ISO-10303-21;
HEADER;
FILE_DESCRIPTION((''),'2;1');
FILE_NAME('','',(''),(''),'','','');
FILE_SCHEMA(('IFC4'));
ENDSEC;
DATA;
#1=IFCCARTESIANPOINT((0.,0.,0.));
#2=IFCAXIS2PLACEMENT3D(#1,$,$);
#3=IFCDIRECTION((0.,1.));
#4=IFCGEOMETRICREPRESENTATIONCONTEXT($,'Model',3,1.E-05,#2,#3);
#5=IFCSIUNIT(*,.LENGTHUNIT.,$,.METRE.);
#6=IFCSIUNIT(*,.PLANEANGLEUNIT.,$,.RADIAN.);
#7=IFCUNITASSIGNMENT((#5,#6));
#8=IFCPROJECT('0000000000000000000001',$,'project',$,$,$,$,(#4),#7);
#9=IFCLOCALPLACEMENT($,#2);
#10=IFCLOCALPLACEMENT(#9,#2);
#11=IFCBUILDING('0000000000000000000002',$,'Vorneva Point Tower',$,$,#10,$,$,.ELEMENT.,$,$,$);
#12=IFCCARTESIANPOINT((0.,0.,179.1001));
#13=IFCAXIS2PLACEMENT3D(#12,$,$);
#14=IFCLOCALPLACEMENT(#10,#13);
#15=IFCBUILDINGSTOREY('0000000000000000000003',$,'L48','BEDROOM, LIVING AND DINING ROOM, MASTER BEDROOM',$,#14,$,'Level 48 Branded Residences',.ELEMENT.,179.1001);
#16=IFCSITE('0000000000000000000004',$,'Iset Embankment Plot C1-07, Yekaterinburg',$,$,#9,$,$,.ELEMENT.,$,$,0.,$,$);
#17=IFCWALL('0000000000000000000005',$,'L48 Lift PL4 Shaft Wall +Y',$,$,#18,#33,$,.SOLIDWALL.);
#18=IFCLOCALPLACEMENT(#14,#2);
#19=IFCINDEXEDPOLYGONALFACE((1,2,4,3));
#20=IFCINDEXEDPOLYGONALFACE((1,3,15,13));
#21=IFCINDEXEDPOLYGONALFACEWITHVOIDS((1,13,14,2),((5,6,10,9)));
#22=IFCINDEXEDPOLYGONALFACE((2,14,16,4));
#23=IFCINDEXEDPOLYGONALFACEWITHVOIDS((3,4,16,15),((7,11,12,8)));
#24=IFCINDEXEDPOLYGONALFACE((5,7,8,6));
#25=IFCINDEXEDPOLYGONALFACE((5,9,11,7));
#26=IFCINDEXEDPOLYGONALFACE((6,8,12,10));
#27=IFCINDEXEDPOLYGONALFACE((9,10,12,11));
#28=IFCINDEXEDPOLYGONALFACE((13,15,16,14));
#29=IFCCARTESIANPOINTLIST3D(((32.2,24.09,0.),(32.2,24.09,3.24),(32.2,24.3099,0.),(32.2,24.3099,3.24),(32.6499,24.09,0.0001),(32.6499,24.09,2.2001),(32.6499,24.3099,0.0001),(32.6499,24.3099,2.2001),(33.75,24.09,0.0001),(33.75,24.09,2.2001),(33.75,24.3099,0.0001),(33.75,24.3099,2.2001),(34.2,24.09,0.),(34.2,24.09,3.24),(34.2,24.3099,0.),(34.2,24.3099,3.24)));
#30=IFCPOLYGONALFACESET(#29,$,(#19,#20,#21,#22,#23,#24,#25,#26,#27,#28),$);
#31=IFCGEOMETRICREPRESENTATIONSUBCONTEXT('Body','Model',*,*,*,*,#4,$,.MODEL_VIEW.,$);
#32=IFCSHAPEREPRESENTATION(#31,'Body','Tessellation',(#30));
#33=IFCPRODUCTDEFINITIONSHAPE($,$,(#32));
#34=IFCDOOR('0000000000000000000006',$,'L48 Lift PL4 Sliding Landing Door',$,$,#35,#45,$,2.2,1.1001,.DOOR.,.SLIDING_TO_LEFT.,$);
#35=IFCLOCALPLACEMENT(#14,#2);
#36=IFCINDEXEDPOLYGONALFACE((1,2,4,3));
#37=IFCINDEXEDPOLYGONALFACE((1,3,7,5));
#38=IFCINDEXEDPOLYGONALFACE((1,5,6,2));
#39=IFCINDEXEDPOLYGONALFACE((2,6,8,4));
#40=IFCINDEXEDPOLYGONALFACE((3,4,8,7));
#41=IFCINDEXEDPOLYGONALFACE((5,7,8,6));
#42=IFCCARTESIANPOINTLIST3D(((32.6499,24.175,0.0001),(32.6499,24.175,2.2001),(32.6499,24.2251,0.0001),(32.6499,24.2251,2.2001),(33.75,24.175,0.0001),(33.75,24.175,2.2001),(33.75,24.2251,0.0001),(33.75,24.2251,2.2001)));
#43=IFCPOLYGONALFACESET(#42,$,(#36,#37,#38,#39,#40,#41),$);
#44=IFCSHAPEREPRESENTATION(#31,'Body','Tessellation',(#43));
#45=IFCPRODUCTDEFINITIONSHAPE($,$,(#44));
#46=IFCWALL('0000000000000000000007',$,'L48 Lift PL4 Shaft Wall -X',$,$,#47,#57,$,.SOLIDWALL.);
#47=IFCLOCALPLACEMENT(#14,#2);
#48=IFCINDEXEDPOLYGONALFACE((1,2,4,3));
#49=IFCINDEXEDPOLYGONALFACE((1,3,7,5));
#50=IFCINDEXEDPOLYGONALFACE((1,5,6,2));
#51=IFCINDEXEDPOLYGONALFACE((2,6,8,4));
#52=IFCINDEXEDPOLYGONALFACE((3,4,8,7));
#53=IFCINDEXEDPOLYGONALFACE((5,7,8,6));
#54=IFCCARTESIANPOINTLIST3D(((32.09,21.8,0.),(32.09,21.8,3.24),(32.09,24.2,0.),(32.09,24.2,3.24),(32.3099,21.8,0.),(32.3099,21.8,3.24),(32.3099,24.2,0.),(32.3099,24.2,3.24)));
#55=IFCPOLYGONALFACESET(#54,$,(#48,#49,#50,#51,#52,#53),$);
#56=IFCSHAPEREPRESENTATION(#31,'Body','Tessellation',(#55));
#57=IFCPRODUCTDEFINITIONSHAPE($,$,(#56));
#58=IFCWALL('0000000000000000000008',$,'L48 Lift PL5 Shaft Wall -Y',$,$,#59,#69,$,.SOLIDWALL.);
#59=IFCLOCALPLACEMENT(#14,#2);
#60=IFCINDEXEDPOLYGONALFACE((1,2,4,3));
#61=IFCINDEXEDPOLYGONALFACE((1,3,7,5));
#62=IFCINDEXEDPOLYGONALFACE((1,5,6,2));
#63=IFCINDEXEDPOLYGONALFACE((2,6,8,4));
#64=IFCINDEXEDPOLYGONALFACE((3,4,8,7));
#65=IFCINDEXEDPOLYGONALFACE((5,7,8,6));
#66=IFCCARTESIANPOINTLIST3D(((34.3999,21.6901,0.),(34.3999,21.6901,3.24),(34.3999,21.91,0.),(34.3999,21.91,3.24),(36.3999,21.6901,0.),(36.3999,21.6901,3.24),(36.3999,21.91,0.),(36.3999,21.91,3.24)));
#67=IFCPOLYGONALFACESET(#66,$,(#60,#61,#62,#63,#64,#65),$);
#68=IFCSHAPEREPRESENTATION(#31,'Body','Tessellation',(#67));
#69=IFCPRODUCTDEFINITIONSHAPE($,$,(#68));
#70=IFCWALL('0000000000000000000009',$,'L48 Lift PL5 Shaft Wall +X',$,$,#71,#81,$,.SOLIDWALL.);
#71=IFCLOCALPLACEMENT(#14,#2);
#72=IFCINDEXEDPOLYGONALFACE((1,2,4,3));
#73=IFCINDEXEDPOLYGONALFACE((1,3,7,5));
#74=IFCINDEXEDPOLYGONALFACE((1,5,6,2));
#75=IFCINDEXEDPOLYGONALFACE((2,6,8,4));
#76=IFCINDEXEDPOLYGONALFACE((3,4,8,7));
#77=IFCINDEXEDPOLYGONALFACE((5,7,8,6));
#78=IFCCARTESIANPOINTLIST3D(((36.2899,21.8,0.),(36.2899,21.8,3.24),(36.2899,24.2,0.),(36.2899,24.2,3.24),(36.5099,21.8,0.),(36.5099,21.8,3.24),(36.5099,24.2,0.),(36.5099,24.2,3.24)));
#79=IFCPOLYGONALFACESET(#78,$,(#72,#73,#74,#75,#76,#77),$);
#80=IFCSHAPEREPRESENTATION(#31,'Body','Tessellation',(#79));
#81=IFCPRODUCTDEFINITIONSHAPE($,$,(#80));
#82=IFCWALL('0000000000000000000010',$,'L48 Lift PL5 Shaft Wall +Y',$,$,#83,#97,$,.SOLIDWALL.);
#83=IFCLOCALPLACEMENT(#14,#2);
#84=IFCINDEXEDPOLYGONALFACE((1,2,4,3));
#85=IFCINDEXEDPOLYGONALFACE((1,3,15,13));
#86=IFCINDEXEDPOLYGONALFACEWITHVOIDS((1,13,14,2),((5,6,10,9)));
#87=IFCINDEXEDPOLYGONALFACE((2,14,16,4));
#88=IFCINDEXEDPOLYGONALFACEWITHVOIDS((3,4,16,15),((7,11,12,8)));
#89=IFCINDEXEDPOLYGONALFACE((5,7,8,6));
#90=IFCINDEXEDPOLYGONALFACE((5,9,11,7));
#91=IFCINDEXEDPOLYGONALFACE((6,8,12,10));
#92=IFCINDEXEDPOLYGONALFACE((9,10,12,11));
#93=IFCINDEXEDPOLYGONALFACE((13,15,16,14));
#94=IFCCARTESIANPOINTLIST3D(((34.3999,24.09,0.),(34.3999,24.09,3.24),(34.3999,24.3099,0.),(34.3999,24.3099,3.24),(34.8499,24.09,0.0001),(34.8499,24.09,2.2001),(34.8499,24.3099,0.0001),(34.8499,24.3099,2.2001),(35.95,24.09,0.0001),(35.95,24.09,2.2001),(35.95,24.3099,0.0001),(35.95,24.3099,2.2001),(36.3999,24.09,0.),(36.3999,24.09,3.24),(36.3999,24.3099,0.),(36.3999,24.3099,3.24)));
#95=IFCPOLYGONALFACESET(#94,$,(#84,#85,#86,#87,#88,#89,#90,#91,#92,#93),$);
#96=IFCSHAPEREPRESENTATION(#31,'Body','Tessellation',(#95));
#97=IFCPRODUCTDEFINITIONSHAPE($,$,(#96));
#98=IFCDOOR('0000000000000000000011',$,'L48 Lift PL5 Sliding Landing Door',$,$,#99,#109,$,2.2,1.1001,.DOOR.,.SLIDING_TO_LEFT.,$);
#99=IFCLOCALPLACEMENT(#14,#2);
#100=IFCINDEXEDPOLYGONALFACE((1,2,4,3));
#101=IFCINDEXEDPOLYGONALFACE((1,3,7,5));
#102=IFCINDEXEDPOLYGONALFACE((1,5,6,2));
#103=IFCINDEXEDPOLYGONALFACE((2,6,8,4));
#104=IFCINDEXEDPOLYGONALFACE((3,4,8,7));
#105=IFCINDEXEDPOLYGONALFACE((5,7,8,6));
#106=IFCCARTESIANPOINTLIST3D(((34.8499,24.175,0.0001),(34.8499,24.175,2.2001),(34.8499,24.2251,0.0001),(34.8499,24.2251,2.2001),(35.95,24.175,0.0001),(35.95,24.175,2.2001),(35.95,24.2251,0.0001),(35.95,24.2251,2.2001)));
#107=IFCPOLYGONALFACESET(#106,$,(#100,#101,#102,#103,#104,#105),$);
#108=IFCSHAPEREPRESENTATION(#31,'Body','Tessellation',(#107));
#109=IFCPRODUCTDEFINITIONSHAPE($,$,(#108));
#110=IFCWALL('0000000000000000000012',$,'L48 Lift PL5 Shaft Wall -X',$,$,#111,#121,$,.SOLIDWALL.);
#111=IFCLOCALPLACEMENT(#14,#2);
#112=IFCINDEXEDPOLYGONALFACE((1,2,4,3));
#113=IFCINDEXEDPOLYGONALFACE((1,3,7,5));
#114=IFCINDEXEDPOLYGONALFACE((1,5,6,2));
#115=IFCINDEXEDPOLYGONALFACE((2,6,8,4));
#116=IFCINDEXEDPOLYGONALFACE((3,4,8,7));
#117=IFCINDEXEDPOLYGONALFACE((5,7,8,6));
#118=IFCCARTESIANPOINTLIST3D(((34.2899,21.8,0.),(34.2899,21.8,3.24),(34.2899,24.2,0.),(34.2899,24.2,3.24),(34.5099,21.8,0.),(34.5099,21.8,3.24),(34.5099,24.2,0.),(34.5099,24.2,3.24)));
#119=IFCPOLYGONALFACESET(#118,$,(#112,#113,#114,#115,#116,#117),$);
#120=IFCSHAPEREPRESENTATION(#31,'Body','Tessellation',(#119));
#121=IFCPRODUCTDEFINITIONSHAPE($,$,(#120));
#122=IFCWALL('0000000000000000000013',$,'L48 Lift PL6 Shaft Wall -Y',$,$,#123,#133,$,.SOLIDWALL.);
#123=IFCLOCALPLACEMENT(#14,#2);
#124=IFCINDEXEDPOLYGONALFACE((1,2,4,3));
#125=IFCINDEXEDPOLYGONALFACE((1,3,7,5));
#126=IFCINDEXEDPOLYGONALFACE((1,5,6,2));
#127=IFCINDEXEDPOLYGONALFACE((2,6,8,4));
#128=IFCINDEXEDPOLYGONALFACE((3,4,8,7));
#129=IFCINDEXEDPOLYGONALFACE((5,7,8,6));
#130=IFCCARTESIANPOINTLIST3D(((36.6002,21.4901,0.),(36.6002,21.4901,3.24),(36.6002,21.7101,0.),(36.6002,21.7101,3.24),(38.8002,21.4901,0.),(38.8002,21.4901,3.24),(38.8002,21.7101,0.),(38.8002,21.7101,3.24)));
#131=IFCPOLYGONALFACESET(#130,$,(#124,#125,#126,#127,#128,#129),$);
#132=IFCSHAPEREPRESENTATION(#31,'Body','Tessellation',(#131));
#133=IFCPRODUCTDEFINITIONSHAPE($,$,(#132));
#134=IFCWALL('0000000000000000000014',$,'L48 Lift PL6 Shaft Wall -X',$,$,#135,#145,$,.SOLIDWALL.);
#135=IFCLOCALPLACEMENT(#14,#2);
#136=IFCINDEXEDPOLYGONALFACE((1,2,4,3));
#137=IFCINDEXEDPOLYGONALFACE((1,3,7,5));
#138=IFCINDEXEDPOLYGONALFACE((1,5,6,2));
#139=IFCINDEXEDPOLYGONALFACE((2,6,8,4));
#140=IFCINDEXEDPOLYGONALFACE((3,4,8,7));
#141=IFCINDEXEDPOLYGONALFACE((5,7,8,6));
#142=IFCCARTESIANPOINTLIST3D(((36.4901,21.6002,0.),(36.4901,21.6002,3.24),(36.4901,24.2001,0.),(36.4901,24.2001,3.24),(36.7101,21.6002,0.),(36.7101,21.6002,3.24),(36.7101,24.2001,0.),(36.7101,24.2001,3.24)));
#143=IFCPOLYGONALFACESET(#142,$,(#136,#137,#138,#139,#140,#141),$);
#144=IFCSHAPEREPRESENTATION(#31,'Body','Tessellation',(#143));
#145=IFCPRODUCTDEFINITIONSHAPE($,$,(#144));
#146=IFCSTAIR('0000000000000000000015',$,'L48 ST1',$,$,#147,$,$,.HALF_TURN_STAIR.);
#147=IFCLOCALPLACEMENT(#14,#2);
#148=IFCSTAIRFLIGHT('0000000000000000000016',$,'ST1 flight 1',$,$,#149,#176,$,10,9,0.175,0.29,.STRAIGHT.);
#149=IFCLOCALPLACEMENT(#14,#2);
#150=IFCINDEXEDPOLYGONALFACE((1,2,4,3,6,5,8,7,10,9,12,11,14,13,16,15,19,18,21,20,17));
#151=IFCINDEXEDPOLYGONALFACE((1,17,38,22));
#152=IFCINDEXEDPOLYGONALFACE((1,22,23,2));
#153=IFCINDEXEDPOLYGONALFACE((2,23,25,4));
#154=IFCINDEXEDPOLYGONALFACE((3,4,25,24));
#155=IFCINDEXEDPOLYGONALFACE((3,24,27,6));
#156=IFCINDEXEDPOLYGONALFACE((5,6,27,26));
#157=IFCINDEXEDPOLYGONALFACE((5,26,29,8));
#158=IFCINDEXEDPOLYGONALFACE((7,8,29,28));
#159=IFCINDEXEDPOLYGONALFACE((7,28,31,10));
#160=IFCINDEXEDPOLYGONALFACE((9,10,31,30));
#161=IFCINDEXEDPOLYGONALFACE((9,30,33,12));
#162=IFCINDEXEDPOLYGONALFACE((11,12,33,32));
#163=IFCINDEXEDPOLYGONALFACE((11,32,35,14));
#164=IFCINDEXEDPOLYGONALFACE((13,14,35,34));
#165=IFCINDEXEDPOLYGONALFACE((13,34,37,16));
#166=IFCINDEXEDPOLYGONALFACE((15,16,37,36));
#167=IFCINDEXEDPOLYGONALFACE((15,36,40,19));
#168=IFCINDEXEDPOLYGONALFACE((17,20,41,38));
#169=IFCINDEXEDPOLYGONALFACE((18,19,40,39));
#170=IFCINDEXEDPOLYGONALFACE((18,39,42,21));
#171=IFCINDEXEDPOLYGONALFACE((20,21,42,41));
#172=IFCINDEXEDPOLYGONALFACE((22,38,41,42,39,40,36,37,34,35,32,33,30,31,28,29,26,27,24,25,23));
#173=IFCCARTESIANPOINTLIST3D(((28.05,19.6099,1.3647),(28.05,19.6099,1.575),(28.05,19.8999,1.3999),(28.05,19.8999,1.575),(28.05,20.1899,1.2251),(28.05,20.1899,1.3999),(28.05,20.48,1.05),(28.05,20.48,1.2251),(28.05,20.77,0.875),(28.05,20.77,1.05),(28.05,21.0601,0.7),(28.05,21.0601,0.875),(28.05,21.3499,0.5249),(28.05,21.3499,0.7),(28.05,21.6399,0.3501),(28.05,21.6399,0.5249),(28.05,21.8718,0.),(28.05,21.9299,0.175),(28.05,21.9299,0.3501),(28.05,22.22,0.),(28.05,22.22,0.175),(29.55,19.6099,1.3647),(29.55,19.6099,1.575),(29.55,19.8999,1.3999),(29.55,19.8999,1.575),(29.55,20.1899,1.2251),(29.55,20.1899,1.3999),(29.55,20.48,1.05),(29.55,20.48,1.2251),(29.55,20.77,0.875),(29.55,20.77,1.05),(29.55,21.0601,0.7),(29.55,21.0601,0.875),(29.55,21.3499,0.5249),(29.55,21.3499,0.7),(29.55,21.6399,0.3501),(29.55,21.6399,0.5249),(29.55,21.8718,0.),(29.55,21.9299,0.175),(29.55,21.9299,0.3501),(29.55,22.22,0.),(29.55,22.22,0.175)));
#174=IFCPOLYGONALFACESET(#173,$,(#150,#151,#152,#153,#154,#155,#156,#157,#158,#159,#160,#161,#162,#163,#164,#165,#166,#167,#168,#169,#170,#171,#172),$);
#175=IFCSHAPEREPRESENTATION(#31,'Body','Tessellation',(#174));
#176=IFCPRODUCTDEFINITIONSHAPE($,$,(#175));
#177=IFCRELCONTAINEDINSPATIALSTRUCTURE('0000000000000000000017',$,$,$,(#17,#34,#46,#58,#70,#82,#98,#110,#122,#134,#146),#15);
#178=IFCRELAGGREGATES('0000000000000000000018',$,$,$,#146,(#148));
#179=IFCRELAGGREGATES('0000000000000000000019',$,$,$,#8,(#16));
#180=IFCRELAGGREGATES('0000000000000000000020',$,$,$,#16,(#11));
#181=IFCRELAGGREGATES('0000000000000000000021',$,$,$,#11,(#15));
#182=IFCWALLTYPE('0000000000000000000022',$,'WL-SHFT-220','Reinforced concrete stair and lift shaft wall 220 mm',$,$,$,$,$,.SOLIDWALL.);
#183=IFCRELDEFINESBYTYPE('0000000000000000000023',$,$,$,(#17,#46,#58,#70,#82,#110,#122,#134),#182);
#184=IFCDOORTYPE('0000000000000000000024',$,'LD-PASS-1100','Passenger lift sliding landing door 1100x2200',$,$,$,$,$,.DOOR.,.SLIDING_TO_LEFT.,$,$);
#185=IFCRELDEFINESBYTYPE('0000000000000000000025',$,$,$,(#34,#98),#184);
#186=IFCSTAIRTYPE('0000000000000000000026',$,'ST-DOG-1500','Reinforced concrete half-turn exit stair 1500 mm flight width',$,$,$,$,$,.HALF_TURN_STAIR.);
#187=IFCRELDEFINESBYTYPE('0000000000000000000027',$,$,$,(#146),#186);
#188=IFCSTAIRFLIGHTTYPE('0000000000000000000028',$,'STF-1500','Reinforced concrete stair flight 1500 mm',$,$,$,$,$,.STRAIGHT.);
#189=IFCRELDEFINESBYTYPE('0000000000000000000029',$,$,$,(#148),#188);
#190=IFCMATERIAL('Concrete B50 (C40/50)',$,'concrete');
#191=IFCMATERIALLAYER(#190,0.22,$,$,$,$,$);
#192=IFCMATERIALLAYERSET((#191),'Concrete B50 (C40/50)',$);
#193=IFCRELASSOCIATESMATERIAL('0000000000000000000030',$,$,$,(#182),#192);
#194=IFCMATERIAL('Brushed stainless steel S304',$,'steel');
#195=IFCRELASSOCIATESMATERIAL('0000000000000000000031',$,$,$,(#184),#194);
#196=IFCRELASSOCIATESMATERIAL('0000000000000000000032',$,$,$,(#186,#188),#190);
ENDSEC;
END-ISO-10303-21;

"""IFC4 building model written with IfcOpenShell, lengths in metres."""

from ifc_helpers import new_model, si_unit, direction, frame, frame_2d, origin, place, context, subcontext, project, spatial, polyline, rectangle, outline, extrude, material, layer, layer_set, type_object, element, fill, aggregate, save


model = new_model("IFC4")

# Units and contexts
model_context = context("Model", 3, precision=1e-05, world=origin(), true_north=direction((0.0, 1.0)))
body_context = subcontext(model_context, "Body", "Model", "MODEL_VIEW")
ifc_project = project(units=[si_unit("LENGTHUNIT", "METRE"), si_unit("PLANEANGLEUNIT", "RADIAN")], contexts=[model_context])

# Site, building, storey
site_placement = place(None, origin())
site = spatial("IfcSite", under=ifc_project, at=site_placement, Name="Iset Embankment Plot C1-07, Yekaterinburg", CompositionType="ELEMENT", RefElevation=0.0)
building_placement = place(site_placement, origin())
building = spatial("IfcBuilding", under=site, at=building_placement, Name="Vorneva Point Tower", CompositionType="ELEMENT")
storey_placement = place(building_placement, frame((0.0, 0.0, 179.1001)))
storey = spatial("IfcBuildingStorey", under=building, at=storey_placement, Name="L48", Description="BEDROOM, LIVING AND DINING ROOM, MASTER BEDROOM", LongName="Level 48 Branded Residences", CompositionType="ELEMENT", Elevation=179.1001)

# Shared definitions
ifc_material_1 = material(Name="Concrete B50 (C40/50)", Category="concrete")

# Shared definitions
ifc_layer_1 = layer(ifc_material_1, 0.22)
ifc_layer_set_1 = layer_set([ifc_layer_1], Name="Concrete B50 (C40/50)")
wall_type_1 = type_object("IfcWallType", Name="WL-SHFT-220", Description="Reinforced concrete stair and lift shaft wall 220 mm", PredefinedType="SOLIDWALL", material=ifc_layer_set_1)

# Wall, opening, door
wall_1_placement = place(storey_placement, frame((34.2, 24.2, 0.0), z_axis=(0.0, 0.0, 1.0), x_axis=(-1.0, 0.0, 0.0)))
wall_1 = element("IfcWall", 1, at=wall_1_placement, inside=storey, type_object=wall_type_1, Name="L48 Lift PL4 Shaft Wall +Y", PredefinedType="SOLIDWALL", context=body_context, shape_type="SweptSolid", body=[
    extrude(rectangle(XDim=2.0, YDim=0.22, at=frame_2d((1.0, 0.0))), origin(), (0.0, 0.0, 1.0), 3.24),
])
opening_1_placement = place(wall_1_placement, frame((0.45, 0.0, 0.0)))
opening_1 = element("IfcOpeningElement", 2, at=opening_1_placement, cuts=wall_1, PredefinedType="OPENING", context=body_context, shape_type="SweptSolid", body=[
    extrude(rectangle(XDim=1.1001, YDim=2.2, at=frame_2d((0.55, 1.1001))), frame((0.0, 0.125, 0.0), z_axis=(0.0, -1.0, 0.0), x_axis=(1.0, 0.0, 0.0)), (0.0, 0.0, 1.0), 0.2498),
])
ifc_material_2 = material(Name="Brushed stainless steel S304", Category="steel")
door_type_1 = type_object("IfcDoorType", Name="LD-PASS-1100", Description="Passenger lift sliding landing door 1100x2200", OperationType="SLIDING_TO_LEFT", PredefinedType="DOOR", material=ifc_material_2)
door_1_placement = place(opening_1_placement, origin())
door_1 = element("IfcDoor", 3, at=door_1_placement, inside=storey, type_object=door_type_1, Name="L48 Lift PL4 Sliding Landing Door", OperationType="SLIDING_TO_LEFT", OverallHeight=2.2, OverallWidth=1.1001, PredefinedType="DOOR", context=body_context, shape_type="SweptSolid", body=[
    extrude(rectangle(XDim=1.1001, YDim=2.2, at=frame_2d((0.55, 1.1001))), frame((0.0, 0.0249, 0.0), z_axis=(0.0, -1.0, 0.0), x_axis=(1.0, 0.0, 0.0)), (0.0, 0.0, 1.0), 0.05),
])
fill(opening_1, door_1)

# Walls
wall_2_placement = place(storey_placement, frame((32.2, 24.2, 0.0), z_axis=(0.0, 0.0, 1.0), x_axis=(0.0, -1.0, 0.0)))
element("IfcWall", 4, at=wall_2_placement, inside=storey, type_object=wall_type_1, Name="L48 Lift PL4 Shaft Wall -X", PredefinedType="SOLIDWALL", context=body_context, shape_type="SweptSolid", body=[
    extrude(rectangle(XDim=2.3999, YDim=0.22, at=frame_2d((1.2, 0.0))), origin(), (0.0, 0.0, 1.0), 3.24),
])
wall_3_placement = place(storey_placement, frame((34.3999, 21.8, 0.0), z_axis=(0.0, 0.0, 1.0), x_axis=(1.0, 0.0, 0.0)))
element("IfcWall", 5, at=wall_3_placement, inside=storey, type_object=wall_type_1, Name="L48 Lift PL5 Shaft Wall -Y", PredefinedType="SOLIDWALL", context=body_context, shape_type="SweptSolid", body=[
    extrude(rectangle(XDim=2.0, YDim=0.22, at=frame_2d((1.0, 0.0))), origin(), (0.0, 0.0, 1.0), 3.24),
])
wall_4_placement = place(storey_placement, frame((36.3999, 21.8, 0.0), z_axis=(0.0, 0.0, 1.0), x_axis=(0.0, 1.0, 0.0)))
element("IfcWall", 6, at=wall_4_placement, inside=storey, type_object=wall_type_1, Name="L48 Lift PL5 Shaft Wall +X", PredefinedType="SOLIDWALL", context=body_context, shape_type="SweptSolid", body=[
    extrude(rectangle(XDim=2.3999, YDim=0.22, at=frame_2d((1.2, 0.0))), origin(), (0.0, 0.0, 1.0), 3.24),
])

# Wall, opening, door
wall_5_placement = place(storey_placement, frame((36.3999, 24.2, 0.0), z_axis=(0.0, 0.0, 1.0), x_axis=(-1.0, 0.0, 0.0)))
wall_5 = element("IfcWall", 7, at=wall_5_placement, inside=storey, type_object=wall_type_1, Name="L48 Lift PL5 Shaft Wall +Y", PredefinedType="SOLIDWALL", context=body_context, shape_type="SweptSolid", body=[
    extrude(rectangle(XDim=2.0, YDim=0.22, at=frame_2d((1.0, 0.0))), origin(), (0.0, 0.0, 1.0), 3.24),
])
opening_2_placement = place(wall_5_placement, frame((0.45, 0.0, 0.0)))
opening_2 = element("IfcOpeningElement", 8, at=opening_2_placement, cuts=wall_5, PredefinedType="OPENING", context=body_context, shape_type="SweptSolid", body=[
    extrude(rectangle(XDim=1.1001, YDim=2.2, at=frame_2d((0.55, 1.1001))), frame((0.0, 0.125, 0.0), z_axis=(0.0, -1.0, 0.0), x_axis=(1.0, 0.0, 0.0)), (0.0, 0.0, 1.0), 0.2498),
])
door_2_placement = place(opening_2_placement, origin())
door_2 = element("IfcDoor", 9, at=door_2_placement, inside=storey, type_object=door_type_1, Name="L48 Lift PL5 Sliding Landing Door", OperationType="SLIDING_TO_LEFT", OverallHeight=2.2, OverallWidth=1.1001, PredefinedType="DOOR", context=body_context, shape_type="SweptSolid", body=[
    extrude(rectangle(XDim=1.1001, YDim=2.2, at=frame_2d((0.55, 1.1001))), frame((0.0, 0.0249, 0.0), z_axis=(0.0, -1.0, 0.0), x_axis=(1.0, 0.0, 0.0)), (0.0, 0.0, 1.0), 0.05),
])
fill(opening_2, door_2)

# Walls
wall_6_placement = place(storey_placement, frame((34.3999, 24.2, 0.0), z_axis=(0.0, 0.0, 1.0), x_axis=(0.0, -1.0, 0.0)))
element("IfcWall", 10, at=wall_6_placement, inside=storey, type_object=wall_type_1, Name="L48 Lift PL5 Shaft Wall -X", PredefinedType="SOLIDWALL", context=body_context, shape_type="SweptSolid", body=[
    extrude(rectangle(XDim=2.3999, YDim=0.22, at=frame_2d((1.2, 0.0))), origin(), (0.0, 0.0, 1.0), 3.24),
])
wall_7_placement = place(storey_placement, frame((36.6001, 21.6001, 0.0), z_axis=(0.0, 0.0, 1.0), x_axis=(1.0, 0.0, 0.0)))
element("IfcWall", 11, at=wall_7_placement, inside=storey, type_object=wall_type_1, Name="L48 Lift PL6 Shaft Wall -Y", PredefinedType="SOLIDWALL", context=body_context, shape_type="SweptSolid", body=[
    extrude(rectangle(XDim=2.2, YDim=0.22, at=frame_2d((1.1001, 0.0))), origin(), (0.0, 0.0, 1.0), 3.24),
])
wall_8_placement = place(storey_placement, frame((36.6001, 24.2, 0.0), z_axis=(0.0, 0.0, 1.0), x_axis=(0.0, -1.0, 0.0)))
element("IfcWall", 12, at=wall_8_placement, inside=storey, type_object=wall_type_1, Name="L48 Lift PL6 Shaft Wall -X", PredefinedType="SOLIDWALL", context=body_context, shape_type="SweptSolid", body=[
    extrude(rectangle(XDim=2.5999, YDim=0.22, at=frame_2d((1.2998, 0.0))), origin(), (0.0, 0.0, 1.0), 3.24),
])

# Stair, stair flight
stair_type = type_object("IfcStairType", Name="ST-DOG-1500", Description="Reinforced concrete half-turn exit stair 1500 mm flight width", PredefinedType="HALF_TURN_STAIR", material=ifc_material_1)
stair_placement = place(storey_placement, origin())
stair = element("IfcStair", 13, at=stair_placement, inside=storey, type_object=stair_type, Name="L48 ST1", PredefinedType="HALF_TURN_STAIR")
stair_flight_type = type_object("IfcStairFlightType", Name="STF-1500", Description="Reinforced concrete stair flight 1500 mm", PredefinedType="STRAIGHT", material=ifc_material_1)
stair_flight_1_placement = place(storey_placement, frame((28.8, 22.22, 0.0), z_axis=(0.0, 0.0, 1.0), x_axis=(0.0, -1.0, 0.0)))
stair_flight_1 = element("IfcStairFlight", 14, at=stair_flight_1_placement, type_object=stair_flight_type, Name="ST1 flight 1", NumberOfRisers=10, NumberOfTreads=9, PredefinedType="STRAIGHT", RiserHeight=0.175, TreadLength=0.29, context=body_context, shape_type="SweptSolid", body=[
    extrude(outline(polyline([(0.0, 0.0), (0.0, 0.175), (0.29, 0.175), (0.29, 0.3501), (0.5801, 0.3501), (0.5801, 0.5249), (0.8701, 0.5249), (0.8701, 0.7), (1.1599, 0.7), (1.1599, 0.875), (1.45, 0.875), (1.45, 1.05), (1.74, 1.05), (1.74, 1.2251), (2.03, 1.2251), (2.03, 1.3999), (2.3201, 1.3999), (2.3201, 1.575), (2.6101, 1.575), (2.6101, 1.75), (2.6101, 1.3647), (0.3481, 0.0), (0.0, 0.0)])), frame((0.0, 0.75, 0.0), z_axis=(0.0, -1.0, 0.0), x_axis=(1.0, 0.0, 0.0)), (0.0, 0.0, 1.0), 1.5),
])
aggregate(stair, [stair_flight_1])

save(model, "model.ifc")
